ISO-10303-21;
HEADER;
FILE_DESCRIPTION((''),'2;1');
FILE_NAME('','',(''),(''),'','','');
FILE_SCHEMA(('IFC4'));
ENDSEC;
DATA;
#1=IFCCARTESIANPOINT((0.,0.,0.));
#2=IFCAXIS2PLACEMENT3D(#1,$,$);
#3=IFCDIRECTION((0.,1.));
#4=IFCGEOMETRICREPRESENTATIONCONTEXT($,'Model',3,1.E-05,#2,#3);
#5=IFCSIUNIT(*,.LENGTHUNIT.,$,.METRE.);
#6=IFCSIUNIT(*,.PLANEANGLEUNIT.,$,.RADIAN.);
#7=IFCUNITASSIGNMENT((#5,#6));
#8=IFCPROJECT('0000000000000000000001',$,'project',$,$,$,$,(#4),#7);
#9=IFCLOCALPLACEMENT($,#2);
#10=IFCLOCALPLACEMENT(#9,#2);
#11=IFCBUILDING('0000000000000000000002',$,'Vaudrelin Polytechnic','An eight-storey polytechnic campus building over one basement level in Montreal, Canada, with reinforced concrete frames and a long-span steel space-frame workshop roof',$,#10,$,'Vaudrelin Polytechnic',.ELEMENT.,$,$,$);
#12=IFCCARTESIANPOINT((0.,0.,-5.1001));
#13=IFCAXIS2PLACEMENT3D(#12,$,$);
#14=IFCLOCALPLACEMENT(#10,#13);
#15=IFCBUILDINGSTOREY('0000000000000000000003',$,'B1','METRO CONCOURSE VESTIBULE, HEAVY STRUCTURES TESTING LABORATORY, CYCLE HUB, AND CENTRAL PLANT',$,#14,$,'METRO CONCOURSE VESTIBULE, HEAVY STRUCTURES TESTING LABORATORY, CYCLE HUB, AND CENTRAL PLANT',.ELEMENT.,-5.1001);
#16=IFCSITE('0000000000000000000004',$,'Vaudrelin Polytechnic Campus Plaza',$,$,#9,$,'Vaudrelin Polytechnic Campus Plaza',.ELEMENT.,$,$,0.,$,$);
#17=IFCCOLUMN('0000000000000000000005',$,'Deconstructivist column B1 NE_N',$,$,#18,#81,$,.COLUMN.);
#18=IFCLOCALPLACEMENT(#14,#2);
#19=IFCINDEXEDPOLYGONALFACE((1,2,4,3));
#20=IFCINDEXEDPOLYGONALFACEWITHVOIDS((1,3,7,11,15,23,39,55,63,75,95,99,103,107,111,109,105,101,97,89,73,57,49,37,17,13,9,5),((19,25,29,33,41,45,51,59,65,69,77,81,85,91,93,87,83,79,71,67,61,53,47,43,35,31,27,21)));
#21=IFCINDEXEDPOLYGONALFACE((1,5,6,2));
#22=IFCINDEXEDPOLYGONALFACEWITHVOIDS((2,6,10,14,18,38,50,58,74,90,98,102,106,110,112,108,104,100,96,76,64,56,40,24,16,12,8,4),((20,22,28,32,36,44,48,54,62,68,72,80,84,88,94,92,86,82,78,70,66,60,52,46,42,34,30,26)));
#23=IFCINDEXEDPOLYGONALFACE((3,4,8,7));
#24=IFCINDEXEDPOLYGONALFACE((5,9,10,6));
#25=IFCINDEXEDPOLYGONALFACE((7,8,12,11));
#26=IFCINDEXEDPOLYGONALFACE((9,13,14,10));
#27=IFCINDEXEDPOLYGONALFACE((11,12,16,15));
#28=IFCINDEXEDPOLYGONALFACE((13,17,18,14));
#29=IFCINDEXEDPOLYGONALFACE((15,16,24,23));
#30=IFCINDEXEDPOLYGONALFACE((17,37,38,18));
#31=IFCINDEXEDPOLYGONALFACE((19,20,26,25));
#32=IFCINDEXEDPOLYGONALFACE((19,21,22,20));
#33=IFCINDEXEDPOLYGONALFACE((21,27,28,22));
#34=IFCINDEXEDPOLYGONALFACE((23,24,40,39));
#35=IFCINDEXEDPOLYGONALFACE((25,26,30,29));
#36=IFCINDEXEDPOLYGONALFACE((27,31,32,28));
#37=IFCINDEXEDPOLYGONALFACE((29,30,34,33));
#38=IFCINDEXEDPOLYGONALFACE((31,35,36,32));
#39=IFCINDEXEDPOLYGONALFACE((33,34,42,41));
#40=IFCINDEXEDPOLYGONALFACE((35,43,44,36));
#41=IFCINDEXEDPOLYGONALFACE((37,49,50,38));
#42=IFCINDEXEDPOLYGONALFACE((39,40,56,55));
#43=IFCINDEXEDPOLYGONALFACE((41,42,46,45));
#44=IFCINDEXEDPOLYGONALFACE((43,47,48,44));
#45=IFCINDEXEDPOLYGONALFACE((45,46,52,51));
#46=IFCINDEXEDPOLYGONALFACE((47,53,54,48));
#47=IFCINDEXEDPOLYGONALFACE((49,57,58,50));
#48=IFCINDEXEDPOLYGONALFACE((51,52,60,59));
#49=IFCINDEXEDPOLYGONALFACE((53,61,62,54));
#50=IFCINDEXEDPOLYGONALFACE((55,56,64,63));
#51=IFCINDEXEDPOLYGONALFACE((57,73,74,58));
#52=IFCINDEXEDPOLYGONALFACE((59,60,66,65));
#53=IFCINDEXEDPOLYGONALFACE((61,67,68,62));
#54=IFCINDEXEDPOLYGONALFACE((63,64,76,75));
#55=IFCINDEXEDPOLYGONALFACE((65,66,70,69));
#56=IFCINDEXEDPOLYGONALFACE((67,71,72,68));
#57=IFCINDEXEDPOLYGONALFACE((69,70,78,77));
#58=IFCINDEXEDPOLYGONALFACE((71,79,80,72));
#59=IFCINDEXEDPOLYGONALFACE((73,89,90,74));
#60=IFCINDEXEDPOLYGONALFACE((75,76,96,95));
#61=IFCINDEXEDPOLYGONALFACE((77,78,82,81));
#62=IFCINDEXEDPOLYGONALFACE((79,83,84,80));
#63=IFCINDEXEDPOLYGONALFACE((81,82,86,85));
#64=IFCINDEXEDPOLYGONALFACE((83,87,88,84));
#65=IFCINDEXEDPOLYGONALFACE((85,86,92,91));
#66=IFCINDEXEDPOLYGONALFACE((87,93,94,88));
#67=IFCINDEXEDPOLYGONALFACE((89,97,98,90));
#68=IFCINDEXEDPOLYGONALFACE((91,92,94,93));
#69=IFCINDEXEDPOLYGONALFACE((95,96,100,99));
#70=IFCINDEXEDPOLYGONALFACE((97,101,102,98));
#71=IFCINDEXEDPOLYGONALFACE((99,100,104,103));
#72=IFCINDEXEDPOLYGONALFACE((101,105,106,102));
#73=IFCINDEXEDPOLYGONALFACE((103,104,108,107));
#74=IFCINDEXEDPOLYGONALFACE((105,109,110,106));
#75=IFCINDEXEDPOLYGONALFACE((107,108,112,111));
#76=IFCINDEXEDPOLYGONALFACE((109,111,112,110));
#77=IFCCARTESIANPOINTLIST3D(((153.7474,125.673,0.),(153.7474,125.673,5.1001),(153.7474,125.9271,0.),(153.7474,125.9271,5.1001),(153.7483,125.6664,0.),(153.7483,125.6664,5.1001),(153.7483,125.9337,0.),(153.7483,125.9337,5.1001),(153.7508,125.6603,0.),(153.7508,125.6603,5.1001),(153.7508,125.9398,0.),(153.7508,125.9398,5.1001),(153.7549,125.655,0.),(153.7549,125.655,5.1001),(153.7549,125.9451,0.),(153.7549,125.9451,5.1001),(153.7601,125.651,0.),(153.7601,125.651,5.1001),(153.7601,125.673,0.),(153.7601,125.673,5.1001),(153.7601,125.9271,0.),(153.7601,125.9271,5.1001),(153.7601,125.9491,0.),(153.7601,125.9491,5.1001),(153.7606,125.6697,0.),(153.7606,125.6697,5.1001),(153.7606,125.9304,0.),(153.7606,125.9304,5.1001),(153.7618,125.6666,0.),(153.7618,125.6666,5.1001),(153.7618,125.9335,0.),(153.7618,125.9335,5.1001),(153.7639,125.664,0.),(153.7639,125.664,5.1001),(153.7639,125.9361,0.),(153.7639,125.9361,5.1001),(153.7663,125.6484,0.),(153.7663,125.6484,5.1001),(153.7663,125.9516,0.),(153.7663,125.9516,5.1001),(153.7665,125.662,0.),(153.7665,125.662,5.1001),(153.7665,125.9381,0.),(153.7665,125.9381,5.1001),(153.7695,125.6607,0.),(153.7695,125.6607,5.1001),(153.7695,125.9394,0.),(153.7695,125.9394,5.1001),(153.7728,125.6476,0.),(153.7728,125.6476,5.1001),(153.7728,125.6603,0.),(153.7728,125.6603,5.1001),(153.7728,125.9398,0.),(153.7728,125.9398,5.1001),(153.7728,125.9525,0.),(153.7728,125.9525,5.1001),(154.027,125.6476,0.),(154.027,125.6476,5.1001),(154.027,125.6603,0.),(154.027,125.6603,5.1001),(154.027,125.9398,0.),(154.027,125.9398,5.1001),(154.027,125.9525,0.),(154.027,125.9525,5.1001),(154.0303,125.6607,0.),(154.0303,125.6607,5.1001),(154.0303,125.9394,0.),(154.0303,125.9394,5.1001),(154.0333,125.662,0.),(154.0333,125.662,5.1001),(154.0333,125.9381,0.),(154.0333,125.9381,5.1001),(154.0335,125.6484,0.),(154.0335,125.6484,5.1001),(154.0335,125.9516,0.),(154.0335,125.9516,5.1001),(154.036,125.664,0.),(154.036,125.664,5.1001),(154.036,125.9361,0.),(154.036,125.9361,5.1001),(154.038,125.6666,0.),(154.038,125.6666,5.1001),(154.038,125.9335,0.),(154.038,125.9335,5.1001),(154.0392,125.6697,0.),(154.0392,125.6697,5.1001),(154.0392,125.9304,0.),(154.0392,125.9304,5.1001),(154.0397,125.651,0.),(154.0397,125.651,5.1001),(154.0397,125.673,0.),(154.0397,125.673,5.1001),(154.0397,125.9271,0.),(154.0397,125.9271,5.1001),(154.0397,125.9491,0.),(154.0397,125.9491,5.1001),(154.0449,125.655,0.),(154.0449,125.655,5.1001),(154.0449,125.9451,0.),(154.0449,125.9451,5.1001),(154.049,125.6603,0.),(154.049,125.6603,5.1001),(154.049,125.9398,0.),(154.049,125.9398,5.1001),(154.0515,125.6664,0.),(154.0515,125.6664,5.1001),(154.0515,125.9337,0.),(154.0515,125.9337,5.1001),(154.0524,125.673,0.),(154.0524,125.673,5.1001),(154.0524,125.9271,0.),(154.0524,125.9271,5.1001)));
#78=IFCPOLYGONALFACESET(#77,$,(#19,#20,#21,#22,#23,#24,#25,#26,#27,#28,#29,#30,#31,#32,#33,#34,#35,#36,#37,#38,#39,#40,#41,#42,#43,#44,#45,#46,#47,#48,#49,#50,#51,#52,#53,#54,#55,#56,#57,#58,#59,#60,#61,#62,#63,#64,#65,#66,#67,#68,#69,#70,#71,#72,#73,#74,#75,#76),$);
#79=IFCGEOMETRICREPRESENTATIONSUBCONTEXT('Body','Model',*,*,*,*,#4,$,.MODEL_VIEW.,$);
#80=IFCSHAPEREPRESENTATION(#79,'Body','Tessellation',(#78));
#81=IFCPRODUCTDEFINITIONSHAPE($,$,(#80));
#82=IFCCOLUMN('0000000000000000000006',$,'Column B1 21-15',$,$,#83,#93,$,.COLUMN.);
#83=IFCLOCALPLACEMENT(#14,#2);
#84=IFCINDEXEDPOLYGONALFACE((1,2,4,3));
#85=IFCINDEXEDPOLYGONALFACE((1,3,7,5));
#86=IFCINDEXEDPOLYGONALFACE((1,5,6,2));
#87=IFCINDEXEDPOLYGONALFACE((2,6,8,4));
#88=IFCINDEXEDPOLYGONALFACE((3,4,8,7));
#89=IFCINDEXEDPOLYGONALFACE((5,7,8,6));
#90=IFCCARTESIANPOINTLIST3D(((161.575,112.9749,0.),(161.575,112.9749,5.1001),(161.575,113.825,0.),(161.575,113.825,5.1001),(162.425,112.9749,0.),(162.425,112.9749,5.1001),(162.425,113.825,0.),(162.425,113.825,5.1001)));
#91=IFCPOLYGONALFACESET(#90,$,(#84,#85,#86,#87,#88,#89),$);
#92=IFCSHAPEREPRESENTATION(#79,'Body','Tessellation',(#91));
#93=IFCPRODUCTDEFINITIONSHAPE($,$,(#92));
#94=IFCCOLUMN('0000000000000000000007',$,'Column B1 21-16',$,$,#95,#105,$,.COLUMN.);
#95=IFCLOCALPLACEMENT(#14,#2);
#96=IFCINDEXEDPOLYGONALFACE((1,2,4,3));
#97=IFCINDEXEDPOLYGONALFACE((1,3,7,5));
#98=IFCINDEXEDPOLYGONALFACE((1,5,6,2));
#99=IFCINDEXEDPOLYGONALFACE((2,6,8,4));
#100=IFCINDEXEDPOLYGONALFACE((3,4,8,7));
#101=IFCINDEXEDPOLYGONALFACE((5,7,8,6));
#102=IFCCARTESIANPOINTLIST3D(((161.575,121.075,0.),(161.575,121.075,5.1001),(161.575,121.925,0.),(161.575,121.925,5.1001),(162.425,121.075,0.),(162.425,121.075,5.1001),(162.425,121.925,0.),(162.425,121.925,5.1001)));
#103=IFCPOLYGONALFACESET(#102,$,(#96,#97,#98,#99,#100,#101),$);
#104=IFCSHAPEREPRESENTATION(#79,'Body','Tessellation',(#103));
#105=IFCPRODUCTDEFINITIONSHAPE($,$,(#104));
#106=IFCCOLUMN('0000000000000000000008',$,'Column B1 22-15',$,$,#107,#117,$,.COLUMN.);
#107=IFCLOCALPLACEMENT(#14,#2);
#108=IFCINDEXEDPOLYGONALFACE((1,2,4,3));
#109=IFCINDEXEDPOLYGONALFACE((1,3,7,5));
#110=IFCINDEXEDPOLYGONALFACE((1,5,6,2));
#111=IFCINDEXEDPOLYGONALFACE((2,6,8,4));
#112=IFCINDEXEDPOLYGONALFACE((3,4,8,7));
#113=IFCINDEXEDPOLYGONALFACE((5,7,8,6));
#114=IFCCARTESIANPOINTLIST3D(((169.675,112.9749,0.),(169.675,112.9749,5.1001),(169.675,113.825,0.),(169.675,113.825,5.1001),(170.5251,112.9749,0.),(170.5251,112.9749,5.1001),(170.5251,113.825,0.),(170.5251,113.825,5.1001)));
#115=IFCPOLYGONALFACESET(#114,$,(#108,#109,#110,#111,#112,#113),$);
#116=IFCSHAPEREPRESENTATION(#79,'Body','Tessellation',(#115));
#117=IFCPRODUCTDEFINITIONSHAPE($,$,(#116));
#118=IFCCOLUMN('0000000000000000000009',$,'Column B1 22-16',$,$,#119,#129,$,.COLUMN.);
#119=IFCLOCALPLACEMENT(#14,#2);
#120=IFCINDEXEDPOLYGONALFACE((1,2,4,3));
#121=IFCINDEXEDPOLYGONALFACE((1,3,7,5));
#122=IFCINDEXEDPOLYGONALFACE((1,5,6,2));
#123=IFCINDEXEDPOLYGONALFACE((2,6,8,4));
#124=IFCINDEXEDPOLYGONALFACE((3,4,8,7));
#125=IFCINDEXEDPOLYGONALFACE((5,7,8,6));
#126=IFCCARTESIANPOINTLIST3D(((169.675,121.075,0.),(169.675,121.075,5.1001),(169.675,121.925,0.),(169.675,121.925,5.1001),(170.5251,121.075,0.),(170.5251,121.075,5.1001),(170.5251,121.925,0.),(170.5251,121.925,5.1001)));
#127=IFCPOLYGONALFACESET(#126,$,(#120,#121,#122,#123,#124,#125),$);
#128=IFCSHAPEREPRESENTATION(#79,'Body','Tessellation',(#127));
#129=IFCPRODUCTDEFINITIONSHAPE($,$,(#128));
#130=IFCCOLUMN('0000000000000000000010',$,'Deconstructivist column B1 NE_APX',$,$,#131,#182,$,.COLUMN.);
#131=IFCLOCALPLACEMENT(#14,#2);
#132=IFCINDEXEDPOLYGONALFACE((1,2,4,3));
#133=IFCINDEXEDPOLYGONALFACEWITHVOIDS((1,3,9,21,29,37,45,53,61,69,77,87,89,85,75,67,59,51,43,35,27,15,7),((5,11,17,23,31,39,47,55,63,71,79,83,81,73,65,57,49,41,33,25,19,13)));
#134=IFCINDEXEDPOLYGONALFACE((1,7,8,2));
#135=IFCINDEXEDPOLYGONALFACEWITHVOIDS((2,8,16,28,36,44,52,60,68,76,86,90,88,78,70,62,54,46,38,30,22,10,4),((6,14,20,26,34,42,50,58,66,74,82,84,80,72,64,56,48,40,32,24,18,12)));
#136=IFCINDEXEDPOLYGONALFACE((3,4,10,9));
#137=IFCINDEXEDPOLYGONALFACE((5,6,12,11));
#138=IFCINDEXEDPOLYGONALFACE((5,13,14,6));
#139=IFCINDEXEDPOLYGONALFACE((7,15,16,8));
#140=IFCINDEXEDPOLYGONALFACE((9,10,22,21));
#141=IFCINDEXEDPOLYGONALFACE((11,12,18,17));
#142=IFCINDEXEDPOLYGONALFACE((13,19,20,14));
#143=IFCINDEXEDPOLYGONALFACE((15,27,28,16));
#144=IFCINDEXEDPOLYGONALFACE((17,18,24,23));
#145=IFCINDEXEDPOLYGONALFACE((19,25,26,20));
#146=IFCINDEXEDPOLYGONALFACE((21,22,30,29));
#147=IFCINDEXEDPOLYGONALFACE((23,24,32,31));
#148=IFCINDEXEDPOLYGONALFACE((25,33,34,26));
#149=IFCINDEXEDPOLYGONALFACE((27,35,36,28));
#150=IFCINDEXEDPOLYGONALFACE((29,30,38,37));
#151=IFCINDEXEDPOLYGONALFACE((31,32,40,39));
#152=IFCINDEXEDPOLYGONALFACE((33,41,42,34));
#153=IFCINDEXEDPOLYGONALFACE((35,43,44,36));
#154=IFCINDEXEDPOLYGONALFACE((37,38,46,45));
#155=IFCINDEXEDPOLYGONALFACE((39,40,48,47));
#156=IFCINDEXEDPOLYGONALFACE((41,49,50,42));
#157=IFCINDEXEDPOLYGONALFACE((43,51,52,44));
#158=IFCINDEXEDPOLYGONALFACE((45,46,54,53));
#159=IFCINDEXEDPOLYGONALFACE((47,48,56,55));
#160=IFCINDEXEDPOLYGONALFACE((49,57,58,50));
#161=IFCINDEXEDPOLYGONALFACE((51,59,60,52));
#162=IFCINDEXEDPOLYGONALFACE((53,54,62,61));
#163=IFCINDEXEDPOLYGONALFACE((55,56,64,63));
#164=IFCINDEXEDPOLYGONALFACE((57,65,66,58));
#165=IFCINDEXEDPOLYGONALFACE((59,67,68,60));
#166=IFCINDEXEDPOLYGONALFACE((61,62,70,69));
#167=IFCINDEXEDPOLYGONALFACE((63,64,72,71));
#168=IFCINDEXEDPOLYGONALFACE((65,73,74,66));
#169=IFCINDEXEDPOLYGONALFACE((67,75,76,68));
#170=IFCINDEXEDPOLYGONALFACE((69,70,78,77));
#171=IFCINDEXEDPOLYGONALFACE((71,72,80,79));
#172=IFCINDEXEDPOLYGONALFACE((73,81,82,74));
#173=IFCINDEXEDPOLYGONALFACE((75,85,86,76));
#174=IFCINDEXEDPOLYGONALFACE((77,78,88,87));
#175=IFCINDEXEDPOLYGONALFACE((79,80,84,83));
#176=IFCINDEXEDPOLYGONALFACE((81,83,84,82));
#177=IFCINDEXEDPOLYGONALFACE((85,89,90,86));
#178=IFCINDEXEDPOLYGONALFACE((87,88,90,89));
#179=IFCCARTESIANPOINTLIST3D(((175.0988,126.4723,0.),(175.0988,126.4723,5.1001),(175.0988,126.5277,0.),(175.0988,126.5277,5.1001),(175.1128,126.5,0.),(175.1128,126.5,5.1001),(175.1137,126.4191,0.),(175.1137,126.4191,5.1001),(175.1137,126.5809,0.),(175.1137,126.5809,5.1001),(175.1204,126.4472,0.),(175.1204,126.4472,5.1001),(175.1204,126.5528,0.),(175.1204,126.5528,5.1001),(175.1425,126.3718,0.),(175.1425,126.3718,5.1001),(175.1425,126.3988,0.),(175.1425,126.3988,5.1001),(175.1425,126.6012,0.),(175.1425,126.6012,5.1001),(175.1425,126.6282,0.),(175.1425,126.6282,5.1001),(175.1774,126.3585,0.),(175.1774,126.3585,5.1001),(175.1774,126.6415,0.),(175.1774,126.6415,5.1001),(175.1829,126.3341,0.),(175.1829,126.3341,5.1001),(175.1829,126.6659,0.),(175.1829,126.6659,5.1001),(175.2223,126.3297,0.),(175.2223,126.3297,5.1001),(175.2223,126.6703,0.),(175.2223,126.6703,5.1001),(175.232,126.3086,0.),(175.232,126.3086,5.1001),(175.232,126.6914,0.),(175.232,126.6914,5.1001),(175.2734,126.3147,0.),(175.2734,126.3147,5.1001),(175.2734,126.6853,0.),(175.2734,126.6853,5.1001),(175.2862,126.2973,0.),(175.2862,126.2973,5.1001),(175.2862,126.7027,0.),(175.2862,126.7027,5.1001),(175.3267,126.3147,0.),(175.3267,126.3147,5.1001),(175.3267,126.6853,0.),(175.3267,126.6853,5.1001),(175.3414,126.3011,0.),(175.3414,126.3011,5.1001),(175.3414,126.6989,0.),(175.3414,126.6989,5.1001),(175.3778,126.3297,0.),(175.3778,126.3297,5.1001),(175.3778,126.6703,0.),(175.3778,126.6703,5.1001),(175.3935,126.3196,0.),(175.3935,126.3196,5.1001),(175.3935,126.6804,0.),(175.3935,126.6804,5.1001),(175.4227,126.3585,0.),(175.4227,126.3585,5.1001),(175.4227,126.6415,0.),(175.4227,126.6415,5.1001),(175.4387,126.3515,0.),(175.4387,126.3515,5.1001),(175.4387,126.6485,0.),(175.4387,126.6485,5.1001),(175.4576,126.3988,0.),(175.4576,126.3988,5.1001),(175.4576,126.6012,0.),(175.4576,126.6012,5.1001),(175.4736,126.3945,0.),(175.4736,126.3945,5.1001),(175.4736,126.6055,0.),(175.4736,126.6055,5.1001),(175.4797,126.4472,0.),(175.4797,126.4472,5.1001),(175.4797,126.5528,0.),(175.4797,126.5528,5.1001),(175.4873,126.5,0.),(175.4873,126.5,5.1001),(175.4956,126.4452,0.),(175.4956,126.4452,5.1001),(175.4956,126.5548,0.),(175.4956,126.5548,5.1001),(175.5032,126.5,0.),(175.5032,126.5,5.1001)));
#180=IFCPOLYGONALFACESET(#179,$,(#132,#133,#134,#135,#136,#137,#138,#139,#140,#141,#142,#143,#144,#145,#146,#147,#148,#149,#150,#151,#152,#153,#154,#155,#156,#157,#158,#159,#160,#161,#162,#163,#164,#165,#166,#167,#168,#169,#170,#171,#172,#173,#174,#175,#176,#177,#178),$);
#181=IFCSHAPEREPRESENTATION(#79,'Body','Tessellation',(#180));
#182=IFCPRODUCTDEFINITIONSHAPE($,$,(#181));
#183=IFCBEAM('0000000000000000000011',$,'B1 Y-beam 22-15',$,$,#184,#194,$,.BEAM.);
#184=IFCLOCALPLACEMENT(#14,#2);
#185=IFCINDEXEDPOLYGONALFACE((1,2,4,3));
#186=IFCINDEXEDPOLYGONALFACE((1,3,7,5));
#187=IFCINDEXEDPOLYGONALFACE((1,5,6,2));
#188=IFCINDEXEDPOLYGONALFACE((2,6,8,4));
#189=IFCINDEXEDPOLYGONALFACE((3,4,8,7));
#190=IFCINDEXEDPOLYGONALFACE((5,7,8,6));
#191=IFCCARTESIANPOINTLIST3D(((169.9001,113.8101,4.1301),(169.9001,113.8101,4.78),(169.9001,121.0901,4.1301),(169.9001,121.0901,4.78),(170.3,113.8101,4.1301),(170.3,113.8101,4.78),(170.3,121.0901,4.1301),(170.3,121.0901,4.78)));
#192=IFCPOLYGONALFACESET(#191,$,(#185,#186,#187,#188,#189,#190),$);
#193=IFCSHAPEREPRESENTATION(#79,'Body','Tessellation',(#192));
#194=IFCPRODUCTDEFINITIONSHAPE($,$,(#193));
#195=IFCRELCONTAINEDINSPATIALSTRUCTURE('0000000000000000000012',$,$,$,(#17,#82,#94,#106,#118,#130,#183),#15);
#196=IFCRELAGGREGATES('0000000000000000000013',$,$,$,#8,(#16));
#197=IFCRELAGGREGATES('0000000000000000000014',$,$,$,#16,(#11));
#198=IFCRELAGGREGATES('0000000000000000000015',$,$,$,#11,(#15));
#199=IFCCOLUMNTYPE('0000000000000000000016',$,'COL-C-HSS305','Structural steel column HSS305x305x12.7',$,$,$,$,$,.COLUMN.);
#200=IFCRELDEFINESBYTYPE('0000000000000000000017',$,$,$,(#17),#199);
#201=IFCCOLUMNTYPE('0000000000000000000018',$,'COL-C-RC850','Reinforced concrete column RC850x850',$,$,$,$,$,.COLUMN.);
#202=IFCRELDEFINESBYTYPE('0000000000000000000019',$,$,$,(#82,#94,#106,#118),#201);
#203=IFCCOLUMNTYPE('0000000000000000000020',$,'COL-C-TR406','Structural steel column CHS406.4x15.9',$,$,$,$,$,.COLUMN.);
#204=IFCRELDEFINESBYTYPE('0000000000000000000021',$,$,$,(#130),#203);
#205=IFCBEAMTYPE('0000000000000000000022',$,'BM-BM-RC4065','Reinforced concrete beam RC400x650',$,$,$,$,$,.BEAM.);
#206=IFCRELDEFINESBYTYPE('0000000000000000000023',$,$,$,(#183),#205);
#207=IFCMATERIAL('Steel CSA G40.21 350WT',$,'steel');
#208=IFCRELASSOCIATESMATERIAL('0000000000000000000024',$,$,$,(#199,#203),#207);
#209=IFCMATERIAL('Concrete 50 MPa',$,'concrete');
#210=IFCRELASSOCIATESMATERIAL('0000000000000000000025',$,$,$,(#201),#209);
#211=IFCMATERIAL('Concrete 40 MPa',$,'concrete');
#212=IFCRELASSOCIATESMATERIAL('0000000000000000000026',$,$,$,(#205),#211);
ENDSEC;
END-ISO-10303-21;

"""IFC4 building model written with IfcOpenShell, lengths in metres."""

from ifc_helpers import new_model, si_unit, direction, frame, origin, origin_2d, place, context, subcontext, project, spatial, rectangle, hollow_rectangle, hollow_circle, extrude, material, material_profile, profile_set, type_object, element, save


model = new_model("IFC4")

# Units and contexts
model_context = context("Model", 3, precision=1e-05, world=origin(), true_north=direction((0.0, 1.0)))
body_context = subcontext(model_context, "Body", "Model", "MODEL_VIEW")
ifc_project = project(units=[si_unit("LENGTHUNIT", "METRE"), si_unit("PLANEANGLEUNIT", "RADIAN")], contexts=[model_context])

# Site, building, storey
site_placement = place(None, origin())
site = spatial("IfcSite", under=ifc_project, at=site_placement, Name="Vaudrelin Polytechnic Campus Plaza", LongName="Vaudrelin Polytechnic Campus Plaza", CompositionType="ELEMENT", RefElevation=0.0)
building_placement = place(site_placement, origin())
building = spatial("IfcBuilding", under=site, at=building_placement, Name="Vaudrelin Polytechnic", Description="An eight-storey polytechnic campus building over one basement level in Montreal, Canada, with reinforced concrete frames and a long-span steel space-frame workshop roof", LongName="Vaudrelin Polytechnic", CompositionType="ELEMENT")
storey_placement = place(building_placement, frame((0.0, 0.0, -5.1001)))
storey = spatial("IfcBuildingStorey", under=building, at=storey_placement, Name="B1", Description="METRO CONCOURSE VESTIBULE, HEAVY STRUCTURES TESTING LABORATORY, CYCLE HUB, AND CENTRAL PLANT", LongName="METRO CONCOURSE VESTIBULE, HEAVY STRUCTURES TESTING LABORATORY, CYCLE HUB, AND CENTRAL PLANT", CompositionType="ELEMENT", Elevation=-5.1001)

# Shared definitions
ifc_material_1 = material(Name="Concrete 40 MPa", Category="concrete")

# Columns
ifc_material_2 = material(Name="Steel CSA G40.21 350WT", Category="steel")
ifc_material_profile_1 = material_profile(ifc_material_2, hollow_rectangle(XDim=0.3049, YDim=0.3049, WallThickness=0.0127, InnerFilletRadius=0.0127, OuterFilletRadius=0.0254, at=origin_2d()), Name="HSS305x305x12.7")
ifc_profile_set_1 = profile_set([ifc_material_profile_1], Name="Steel CSA G40.21 350WT")
column_type_1 = type_object("IfcColumnType", Name="COL-C-HSS305", Description="Structural steel column HSS305x305x12.7", PredefinedType="COLUMN", material=ifc_profile_set_1)
column_1_placement = place(storey_placement, frame((153.8999, 125.8, 0.0), z_axis=(0.0, 0.0, 1.0), x_axis=(1.0, 0.0, 0.0)))
element("IfcColumn", 1, at=column_1_placement, inside=storey, type_object=column_type_1, Name="Deconstructivist column B1 NE_N", PredefinedType="COLUMN", context=body_context, shape_type="SweptSolid", body=[
    extrude(hollow_rectangle(XDim=0.3049, YDim=0.3049, WallThickness=0.0127, InnerFilletRadius=0.0127, OuterFilletRadius=0.0254, at=origin_2d()), origin(), (0.0, 0.0, 1.0), 5.1001),
])
ifc_material_3 = material(Name="Concrete 50 MPa", Category="concrete")
ifc_material_profile_2 = material_profile(ifc_material_3, rectangle(XDim=0.8501, YDim=0.8501, at=origin_2d()), Name="RC850x850")
ifc_profile_set_2 = profile_set([ifc_material_profile_2], Name="Concrete 50 MPa")
column_type_2 = type_object("IfcColumnType", Name="COL-C-RC850", Description="Reinforced concrete column RC850x850", PredefinedType="COLUMN", material=ifc_profile_set_2)
for number, where, z_axis, x_axis, name in (
    (2, (162.0, 113.3999, 0.0), (0.0, 0.0, 1.0), (1.0, 0.0, 0.0), "Column B1 21-15"),
    (3, (162.0, 121.5, 0.0), (0.0, 0.0, 1.0), (1.0, 0.0, 0.0), "Column B1 21-16"),
    (4, (170.1001, 113.3999, 0.0), (0.0, 0.0, 1.0), (1.0, 0.0, 0.0), "Column B1 22-15"),
    (5, (170.1001, 121.5, 0.0), (0.0, 0.0, 1.0), (1.0, 0.0, 0.0), "Column B1 22-16"),
):
    element("IfcColumn", number, at=place(storey_placement, frame(where, z_axis=z_axis, x_axis=x_axis)), inside=storey, type_object=column_type_2, Name=name, PredefinedType="COLUMN", context=body_context, shape_type="SweptSolid", body=[
        extrude(rectangle(XDim=0.8501, YDim=0.8501, at=origin_2d()), origin(), (0.0, 0.0, 1.0), 5.1001),
    ])
ifc_material_profile_3 = material_profile(ifc_material_2, hollow_circle(Radius=0.2031, WallThickness=0.0159, at=origin_2d()), Name="CHS406.4x15.9")
ifc_profile_set_3 = profile_set([ifc_material_profile_3], Name="Steel CSA G40.21 350WT")
column_type_3 = type_object("IfcColumnType", Name="COL-C-TR406", Description="Structural steel column CHS406.4x15.9", PredefinedType="COLUMN", material=ifc_profile_set_3)
column_2_placement = place(storey_placement, frame((175.3, 126.5, 0.0), z_axis=(0.0, 0.0, 1.0), x_axis=(1.0, 0.0, 0.0)))
element("IfcColumn", 6, at=column_2_placement, inside=storey, type_object=column_type_3, Name="Deconstructivist column B1 NE_APX", PredefinedType="COLUMN", context=body_context, shape_type="SweptSolid", body=[
    extrude(hollow_circle(Radius=0.2031, WallThickness=0.0159, at=origin_2d()), origin(), (0.0, 0.0, 1.0), 5.1001),
])

# Beam
ifc_material_profile_4 = material_profile(ifc_material_1, rectangle(XDim=0.3999, YDim=0.6499, at=origin_2d()), Name="RC400x650")
ifc_profile_set_4 = profile_set([ifc_material_profile_4], Name="Concrete 40 MPa")
beam_type_1 = type_object("IfcBeamType", Name="BM-BM-RC4065", Description="Reinforced concrete beam RC400x650", PredefinedType="BEAM", material=ifc_profile_set_4)
beam_1_placement = place(storey_placement, frame((170.1001, 113.8101, 4.4551), z_axis=(0.0, 1.0, 0.0), x_axis=(-1.0, 0.0, 0.0)))
element("IfcBeam", 7, at=beam_1_placement, inside=storey, type_object=beam_type_1, Name="B1 Y-beam 22-15", PredefinedType="BEAM", context=body_context, shape_type="SweptSolid", body=[
    extrude(rectangle(XDim=0.3999, YDim=0.6499, at=origin_2d()), origin(), (0.0, 0.0, 1.0), 7.28),
])

save(model, "model.ifc")
